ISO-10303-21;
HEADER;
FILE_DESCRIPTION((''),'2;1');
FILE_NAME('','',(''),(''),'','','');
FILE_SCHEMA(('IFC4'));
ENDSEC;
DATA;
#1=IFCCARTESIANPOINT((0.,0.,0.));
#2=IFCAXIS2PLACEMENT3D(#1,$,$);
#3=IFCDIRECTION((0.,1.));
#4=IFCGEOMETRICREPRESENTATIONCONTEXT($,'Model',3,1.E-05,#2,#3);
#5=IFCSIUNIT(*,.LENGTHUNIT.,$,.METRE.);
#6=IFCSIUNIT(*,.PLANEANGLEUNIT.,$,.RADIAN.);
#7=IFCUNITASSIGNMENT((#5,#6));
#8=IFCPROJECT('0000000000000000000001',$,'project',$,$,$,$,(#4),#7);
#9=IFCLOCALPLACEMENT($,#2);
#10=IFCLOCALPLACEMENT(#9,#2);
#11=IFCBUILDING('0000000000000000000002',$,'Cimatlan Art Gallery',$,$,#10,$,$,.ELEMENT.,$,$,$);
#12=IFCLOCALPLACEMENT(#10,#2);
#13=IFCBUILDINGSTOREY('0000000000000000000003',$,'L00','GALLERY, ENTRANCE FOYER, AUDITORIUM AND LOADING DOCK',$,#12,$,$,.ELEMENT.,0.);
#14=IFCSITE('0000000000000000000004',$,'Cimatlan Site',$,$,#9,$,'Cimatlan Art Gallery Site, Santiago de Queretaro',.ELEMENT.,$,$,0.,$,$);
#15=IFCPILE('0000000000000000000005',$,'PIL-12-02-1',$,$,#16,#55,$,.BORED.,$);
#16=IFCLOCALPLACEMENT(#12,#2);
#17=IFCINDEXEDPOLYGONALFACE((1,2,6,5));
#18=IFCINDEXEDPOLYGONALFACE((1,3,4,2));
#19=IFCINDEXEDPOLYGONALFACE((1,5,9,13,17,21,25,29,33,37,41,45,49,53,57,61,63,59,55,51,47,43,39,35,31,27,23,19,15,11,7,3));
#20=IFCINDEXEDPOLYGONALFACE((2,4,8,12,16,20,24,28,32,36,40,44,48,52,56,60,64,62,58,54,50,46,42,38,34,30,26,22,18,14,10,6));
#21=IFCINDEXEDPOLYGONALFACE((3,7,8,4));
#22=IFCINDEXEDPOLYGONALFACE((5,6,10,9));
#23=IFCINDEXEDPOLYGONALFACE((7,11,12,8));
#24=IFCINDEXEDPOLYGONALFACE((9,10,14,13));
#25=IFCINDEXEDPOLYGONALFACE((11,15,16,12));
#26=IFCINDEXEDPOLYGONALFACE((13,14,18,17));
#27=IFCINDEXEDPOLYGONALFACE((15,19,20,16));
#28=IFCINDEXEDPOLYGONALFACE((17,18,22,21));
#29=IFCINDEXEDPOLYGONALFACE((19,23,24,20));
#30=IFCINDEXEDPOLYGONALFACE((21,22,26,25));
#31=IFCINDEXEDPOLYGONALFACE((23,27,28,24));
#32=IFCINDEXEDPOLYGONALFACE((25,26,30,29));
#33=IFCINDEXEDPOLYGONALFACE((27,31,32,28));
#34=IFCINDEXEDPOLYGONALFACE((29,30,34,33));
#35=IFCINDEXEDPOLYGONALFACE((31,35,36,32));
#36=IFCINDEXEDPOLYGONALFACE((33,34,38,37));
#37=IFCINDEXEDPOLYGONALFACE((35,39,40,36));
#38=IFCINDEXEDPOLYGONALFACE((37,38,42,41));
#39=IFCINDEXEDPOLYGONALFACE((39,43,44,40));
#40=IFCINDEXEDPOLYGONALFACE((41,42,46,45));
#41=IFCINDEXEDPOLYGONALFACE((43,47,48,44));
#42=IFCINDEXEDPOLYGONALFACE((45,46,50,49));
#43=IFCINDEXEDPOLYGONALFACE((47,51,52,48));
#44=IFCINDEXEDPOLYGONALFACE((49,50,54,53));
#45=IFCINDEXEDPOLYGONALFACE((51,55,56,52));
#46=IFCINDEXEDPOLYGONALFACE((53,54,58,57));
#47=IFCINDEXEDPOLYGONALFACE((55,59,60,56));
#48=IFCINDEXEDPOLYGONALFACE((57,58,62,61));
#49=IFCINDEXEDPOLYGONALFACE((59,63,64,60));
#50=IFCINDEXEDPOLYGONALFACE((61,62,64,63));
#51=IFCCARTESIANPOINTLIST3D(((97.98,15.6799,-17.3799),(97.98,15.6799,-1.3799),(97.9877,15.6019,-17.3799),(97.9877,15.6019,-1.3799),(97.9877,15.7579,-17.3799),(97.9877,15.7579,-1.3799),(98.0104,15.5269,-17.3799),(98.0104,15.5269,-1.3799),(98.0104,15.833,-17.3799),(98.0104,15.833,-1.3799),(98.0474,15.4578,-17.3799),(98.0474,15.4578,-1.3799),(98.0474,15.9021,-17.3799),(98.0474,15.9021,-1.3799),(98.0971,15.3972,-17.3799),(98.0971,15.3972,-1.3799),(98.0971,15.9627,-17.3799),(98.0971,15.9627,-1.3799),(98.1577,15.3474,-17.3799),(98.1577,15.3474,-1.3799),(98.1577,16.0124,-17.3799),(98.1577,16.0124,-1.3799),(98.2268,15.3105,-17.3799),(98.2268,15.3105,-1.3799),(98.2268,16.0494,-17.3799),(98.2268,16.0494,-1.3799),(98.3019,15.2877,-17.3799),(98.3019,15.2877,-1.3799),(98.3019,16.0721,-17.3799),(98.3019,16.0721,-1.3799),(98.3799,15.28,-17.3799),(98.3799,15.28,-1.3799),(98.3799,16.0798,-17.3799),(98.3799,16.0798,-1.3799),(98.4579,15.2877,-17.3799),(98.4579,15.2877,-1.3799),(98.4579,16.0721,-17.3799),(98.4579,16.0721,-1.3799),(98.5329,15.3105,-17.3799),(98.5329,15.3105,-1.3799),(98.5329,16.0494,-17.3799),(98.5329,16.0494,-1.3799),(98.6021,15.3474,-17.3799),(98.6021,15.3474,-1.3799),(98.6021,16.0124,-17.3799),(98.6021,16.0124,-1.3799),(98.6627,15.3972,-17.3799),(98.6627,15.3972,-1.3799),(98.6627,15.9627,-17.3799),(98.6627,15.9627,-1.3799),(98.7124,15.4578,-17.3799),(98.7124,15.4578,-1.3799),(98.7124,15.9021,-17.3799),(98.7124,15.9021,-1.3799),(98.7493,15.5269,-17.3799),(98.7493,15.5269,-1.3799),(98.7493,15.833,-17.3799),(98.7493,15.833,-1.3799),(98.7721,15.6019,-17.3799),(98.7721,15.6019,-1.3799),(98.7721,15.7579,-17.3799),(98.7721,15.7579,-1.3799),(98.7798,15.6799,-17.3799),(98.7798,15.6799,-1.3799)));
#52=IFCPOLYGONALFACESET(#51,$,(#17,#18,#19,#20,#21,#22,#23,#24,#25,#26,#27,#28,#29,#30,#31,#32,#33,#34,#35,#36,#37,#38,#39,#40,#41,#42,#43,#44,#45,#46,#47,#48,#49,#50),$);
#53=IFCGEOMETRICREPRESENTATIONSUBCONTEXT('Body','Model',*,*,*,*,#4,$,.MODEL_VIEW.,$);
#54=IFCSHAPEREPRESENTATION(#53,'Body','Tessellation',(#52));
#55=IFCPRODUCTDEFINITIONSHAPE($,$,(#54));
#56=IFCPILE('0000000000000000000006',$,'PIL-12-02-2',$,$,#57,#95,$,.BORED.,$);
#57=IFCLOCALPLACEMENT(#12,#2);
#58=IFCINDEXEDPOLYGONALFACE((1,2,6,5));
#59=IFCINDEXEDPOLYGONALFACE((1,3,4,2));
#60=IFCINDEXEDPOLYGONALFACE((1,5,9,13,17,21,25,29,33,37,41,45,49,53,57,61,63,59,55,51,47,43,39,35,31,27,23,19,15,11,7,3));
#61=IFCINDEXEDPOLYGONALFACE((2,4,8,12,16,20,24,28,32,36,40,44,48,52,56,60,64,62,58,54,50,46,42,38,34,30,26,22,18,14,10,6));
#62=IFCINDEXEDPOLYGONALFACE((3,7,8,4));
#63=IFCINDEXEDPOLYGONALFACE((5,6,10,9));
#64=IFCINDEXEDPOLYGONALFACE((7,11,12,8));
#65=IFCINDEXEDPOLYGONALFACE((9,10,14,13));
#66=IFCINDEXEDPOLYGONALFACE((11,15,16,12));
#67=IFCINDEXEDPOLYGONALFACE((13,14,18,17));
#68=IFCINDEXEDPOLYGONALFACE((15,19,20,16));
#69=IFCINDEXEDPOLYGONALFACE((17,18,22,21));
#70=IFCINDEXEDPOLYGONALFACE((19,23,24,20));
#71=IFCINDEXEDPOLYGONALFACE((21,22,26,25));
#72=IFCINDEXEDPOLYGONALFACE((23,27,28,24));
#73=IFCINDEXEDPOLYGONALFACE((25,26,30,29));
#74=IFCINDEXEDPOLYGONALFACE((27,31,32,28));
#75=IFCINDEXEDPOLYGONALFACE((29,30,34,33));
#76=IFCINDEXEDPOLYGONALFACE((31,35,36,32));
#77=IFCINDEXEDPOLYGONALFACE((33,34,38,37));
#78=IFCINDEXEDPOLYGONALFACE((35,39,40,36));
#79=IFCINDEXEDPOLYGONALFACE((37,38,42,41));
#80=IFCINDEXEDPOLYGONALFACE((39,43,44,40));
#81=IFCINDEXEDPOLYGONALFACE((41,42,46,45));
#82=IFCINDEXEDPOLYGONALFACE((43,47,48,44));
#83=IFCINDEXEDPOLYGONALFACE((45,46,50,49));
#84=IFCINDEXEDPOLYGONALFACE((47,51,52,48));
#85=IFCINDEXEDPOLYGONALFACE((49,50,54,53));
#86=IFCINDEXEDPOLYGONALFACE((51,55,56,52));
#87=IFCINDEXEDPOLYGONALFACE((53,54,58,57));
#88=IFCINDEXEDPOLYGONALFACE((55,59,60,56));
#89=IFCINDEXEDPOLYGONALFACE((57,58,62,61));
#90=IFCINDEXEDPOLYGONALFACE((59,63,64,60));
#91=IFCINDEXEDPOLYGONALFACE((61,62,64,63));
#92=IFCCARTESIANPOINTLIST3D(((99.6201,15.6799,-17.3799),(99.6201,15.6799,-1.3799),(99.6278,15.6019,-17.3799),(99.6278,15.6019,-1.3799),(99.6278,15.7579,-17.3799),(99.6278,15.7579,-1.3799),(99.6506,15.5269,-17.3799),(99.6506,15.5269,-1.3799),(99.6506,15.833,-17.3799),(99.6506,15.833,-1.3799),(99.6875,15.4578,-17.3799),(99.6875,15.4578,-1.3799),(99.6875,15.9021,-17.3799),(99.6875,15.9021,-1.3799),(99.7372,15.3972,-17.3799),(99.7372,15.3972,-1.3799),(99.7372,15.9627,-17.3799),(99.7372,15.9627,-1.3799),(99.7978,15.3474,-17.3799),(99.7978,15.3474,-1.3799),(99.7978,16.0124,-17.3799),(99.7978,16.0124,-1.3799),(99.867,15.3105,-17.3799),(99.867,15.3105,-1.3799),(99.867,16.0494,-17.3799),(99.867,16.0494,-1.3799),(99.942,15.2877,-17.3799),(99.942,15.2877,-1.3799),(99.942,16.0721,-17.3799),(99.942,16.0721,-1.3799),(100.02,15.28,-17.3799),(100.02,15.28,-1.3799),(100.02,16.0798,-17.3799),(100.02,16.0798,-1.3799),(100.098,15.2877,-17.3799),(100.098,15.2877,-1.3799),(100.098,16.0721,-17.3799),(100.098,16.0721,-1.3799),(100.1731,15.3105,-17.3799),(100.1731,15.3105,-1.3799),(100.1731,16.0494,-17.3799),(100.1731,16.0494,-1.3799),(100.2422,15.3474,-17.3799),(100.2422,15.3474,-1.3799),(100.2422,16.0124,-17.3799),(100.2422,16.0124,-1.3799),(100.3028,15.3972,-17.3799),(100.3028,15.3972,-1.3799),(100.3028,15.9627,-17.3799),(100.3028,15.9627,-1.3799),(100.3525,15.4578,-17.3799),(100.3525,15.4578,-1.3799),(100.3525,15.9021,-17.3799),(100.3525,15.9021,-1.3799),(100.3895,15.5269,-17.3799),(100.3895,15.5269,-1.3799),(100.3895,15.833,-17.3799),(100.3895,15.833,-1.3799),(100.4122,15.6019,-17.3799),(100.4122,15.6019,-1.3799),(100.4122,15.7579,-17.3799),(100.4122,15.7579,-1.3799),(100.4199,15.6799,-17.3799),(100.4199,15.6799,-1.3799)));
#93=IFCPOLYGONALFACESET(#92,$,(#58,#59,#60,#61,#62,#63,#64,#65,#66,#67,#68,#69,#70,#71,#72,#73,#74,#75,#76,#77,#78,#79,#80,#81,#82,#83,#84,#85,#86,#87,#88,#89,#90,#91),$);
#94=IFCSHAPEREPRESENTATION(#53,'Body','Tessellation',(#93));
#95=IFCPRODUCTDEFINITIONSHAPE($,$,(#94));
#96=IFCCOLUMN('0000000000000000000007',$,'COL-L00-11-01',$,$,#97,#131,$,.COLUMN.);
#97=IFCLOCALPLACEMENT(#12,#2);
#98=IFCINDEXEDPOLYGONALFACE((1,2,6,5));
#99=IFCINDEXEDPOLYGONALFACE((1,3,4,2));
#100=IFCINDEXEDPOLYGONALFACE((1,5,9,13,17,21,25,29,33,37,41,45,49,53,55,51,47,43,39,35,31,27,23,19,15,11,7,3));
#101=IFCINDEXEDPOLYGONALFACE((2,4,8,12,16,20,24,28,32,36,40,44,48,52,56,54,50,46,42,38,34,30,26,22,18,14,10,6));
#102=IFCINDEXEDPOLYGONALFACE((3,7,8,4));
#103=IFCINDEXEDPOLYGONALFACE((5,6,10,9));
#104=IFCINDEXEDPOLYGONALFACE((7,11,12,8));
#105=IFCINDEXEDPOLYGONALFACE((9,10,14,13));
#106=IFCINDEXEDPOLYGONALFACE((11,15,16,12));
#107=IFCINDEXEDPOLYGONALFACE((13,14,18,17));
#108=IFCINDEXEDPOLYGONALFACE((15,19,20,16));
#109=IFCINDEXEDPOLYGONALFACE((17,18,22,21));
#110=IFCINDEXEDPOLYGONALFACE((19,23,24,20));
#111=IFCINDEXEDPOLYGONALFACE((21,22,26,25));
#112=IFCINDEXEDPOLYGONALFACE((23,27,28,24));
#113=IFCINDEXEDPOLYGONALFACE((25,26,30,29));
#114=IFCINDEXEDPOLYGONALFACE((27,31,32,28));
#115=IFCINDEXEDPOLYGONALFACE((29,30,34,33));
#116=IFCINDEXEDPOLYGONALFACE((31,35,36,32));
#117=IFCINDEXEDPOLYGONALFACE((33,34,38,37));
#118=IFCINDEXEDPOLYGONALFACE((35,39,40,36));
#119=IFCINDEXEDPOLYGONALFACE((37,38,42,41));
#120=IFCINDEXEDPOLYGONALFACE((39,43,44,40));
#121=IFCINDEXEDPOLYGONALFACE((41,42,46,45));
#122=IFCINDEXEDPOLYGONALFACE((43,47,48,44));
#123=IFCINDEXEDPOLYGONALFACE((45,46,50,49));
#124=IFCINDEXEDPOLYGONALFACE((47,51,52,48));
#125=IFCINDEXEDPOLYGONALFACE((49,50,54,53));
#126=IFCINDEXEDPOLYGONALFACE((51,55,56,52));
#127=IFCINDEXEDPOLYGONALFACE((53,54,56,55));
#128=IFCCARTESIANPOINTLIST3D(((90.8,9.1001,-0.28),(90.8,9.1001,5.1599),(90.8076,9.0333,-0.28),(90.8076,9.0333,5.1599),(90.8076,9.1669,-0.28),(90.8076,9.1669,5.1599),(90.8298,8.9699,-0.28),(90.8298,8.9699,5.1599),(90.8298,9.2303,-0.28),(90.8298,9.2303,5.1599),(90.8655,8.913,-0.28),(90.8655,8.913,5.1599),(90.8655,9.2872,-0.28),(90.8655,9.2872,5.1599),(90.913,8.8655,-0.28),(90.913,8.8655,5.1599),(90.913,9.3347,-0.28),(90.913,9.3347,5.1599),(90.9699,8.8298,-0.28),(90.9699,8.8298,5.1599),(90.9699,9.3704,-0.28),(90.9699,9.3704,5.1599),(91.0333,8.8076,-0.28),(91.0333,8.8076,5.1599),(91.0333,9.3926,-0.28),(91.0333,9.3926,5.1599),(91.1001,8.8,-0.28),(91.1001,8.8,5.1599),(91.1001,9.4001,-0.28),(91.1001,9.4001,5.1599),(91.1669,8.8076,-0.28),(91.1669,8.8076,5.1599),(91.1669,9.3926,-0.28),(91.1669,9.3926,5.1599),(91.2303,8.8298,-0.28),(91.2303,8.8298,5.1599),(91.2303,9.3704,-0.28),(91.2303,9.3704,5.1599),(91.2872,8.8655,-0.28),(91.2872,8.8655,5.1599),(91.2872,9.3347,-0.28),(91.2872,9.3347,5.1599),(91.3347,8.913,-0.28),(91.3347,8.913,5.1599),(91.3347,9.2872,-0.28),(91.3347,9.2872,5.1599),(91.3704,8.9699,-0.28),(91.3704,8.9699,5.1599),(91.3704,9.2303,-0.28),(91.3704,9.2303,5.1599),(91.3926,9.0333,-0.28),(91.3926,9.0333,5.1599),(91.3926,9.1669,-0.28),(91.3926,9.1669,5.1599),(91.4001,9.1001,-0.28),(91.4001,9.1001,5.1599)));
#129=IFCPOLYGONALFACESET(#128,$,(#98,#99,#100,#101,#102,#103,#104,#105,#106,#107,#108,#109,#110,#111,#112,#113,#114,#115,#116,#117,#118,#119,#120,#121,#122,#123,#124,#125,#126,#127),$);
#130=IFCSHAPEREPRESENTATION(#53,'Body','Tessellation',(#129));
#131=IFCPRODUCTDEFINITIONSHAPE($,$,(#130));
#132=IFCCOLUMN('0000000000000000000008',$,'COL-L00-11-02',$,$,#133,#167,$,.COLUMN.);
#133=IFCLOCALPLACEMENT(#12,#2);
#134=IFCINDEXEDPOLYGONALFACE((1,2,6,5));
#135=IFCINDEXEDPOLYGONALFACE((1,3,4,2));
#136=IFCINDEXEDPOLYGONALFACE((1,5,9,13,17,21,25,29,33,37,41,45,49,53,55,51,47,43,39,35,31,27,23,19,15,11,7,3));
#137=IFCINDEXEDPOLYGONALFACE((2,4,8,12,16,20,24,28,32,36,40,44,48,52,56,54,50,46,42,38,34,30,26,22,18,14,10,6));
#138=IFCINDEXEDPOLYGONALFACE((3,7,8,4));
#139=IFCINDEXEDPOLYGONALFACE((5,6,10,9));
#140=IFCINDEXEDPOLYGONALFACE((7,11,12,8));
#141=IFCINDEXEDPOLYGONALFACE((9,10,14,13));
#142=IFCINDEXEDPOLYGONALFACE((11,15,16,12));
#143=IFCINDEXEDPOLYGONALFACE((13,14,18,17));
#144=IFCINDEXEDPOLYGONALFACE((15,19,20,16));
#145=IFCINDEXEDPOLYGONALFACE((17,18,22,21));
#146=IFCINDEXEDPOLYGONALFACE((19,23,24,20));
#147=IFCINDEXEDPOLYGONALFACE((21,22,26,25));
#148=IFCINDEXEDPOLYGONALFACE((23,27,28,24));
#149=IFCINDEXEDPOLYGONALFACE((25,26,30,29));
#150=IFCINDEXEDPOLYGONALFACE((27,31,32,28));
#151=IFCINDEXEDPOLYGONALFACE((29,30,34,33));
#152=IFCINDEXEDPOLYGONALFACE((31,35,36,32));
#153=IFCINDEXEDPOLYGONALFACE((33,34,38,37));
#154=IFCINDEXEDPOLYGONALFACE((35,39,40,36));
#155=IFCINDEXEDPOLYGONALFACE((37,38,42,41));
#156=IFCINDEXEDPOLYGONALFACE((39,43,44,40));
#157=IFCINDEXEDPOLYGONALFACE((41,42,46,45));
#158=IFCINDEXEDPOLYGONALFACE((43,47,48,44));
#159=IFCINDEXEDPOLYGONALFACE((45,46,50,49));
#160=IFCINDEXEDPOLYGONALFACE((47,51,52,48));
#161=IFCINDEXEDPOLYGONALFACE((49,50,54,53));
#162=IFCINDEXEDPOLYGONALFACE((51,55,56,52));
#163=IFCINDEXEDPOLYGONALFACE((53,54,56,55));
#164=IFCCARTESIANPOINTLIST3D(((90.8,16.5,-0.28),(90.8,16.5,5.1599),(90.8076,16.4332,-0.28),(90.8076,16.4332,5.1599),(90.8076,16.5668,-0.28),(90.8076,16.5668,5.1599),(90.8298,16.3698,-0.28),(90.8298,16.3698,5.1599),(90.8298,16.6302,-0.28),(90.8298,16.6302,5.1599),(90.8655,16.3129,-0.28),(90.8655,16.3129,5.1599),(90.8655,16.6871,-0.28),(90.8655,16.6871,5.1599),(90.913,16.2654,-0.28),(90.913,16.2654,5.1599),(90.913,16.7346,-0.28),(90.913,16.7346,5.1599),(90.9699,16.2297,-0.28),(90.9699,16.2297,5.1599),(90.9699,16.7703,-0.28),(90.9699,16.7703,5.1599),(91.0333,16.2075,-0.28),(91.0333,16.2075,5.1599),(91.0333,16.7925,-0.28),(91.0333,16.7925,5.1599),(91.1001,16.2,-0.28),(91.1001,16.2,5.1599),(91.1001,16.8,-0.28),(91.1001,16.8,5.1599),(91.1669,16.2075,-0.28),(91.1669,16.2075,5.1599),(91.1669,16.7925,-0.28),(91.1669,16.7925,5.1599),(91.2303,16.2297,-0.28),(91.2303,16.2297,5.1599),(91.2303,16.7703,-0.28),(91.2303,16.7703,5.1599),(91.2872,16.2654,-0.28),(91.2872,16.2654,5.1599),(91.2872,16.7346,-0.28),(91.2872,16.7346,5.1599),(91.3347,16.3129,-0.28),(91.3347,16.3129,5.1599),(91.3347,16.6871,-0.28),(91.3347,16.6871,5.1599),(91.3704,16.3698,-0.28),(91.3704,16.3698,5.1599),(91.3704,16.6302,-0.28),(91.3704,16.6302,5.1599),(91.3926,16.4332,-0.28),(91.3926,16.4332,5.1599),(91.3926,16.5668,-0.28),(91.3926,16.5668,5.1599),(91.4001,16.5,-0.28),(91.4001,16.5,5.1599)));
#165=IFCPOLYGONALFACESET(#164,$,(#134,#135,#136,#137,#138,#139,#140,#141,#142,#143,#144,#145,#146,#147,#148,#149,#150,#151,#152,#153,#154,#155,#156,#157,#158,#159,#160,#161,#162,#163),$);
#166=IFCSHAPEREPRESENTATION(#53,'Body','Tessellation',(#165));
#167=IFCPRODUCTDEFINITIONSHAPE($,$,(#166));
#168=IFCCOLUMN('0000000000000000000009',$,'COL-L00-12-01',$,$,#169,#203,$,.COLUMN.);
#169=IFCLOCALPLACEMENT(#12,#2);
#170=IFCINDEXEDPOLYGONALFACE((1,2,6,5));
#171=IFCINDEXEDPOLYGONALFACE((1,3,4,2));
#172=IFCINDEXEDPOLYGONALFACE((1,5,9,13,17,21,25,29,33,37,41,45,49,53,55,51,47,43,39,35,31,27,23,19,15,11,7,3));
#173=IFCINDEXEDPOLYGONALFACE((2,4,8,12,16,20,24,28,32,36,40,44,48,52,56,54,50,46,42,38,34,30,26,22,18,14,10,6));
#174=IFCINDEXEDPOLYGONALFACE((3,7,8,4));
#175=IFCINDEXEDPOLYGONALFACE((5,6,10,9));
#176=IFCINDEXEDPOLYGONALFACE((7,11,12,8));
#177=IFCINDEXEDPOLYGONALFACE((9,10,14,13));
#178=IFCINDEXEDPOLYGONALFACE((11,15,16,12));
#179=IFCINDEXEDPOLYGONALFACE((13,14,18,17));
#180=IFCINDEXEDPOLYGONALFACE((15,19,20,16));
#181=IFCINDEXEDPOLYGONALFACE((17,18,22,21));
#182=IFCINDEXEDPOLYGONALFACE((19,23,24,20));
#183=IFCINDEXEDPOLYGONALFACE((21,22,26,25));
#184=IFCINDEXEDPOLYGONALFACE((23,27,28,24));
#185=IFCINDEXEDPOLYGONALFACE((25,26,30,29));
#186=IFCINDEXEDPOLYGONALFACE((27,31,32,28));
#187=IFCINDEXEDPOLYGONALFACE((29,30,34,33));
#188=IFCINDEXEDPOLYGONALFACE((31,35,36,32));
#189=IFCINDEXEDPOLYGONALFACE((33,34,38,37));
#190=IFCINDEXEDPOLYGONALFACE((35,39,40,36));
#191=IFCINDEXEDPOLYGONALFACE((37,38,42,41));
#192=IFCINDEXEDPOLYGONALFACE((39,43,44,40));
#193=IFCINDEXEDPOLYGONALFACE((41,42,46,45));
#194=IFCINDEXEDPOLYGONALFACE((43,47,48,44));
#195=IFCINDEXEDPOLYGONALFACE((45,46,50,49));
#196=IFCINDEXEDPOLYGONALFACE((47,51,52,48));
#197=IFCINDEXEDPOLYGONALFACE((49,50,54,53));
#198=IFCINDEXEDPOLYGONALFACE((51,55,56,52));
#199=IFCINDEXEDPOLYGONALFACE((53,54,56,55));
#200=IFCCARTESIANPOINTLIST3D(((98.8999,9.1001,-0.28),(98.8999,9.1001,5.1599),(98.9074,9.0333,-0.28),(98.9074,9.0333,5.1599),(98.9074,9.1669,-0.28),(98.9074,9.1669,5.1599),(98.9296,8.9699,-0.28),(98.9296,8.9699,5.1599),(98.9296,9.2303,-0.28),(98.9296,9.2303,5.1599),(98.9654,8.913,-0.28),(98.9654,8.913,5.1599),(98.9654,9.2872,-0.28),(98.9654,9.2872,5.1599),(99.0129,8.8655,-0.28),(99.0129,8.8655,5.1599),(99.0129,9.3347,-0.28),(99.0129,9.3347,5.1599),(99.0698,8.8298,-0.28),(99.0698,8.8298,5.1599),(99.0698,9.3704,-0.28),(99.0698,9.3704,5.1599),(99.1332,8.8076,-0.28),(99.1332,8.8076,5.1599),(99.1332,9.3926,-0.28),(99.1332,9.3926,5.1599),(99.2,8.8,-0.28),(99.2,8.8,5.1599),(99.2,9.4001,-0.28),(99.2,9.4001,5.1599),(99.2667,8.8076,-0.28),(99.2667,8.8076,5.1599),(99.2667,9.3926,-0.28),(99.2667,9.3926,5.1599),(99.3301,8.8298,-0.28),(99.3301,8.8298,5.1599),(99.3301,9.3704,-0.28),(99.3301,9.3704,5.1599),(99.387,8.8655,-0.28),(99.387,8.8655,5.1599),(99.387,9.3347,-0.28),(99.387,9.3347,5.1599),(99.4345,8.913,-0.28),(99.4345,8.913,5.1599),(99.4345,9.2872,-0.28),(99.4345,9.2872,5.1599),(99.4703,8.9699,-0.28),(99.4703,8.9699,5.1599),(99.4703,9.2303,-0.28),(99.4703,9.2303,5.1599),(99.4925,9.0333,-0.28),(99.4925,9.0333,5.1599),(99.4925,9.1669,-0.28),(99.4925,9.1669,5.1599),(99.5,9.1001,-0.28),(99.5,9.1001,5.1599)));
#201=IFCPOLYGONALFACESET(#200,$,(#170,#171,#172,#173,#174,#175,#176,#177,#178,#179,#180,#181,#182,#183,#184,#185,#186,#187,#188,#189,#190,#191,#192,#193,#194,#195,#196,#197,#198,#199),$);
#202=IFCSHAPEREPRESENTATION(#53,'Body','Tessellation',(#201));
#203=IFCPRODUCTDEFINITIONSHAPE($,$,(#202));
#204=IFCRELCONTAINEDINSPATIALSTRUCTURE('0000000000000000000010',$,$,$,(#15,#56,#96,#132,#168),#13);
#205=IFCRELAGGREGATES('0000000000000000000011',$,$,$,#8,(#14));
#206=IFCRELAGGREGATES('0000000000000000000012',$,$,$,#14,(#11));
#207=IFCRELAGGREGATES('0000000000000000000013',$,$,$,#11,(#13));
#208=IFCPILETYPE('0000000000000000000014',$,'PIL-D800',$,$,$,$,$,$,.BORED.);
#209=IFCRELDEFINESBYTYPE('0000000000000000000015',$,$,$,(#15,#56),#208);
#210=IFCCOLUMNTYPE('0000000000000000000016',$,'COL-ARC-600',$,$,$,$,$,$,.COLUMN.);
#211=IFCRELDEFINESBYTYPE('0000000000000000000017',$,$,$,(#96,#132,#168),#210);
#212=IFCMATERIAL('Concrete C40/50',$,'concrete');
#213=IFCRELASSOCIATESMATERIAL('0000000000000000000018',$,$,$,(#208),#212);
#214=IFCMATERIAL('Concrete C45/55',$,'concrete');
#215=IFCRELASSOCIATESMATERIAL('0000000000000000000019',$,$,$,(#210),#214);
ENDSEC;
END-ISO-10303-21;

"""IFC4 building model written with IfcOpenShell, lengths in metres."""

from ifc_helpers import new_model, si_unit, direction, frame, origin, origin_2d, place, context, subcontext, project, spatial, circle, extrude, material, material_profile, profile_set, type_object, element, save


model = new_model("IFC4")

# Units and contexts
model_context = context("Model", 3, precision=1e-05, world=origin(), true_north=direction((0.0, 1.0)))
body_context = subcontext(model_context, "Body", "Model", "MODEL_VIEW")
ifc_project = project(units=[si_unit("LENGTHUNIT", "METRE"), si_unit("PLANEANGLEUNIT", "RADIAN")], contexts=[model_context])

# Site, building, storey
site_placement = place(None, origin())
site = spatial("IfcSite", under=ifc_project, at=site_placement, Name="Cimatlan Site", LongName="Cimatlan Art Gallery Site, Santiago de Queretaro", CompositionType="ELEMENT", RefElevation=0.0)
building_placement = place(site_placement, origin())
building = spatial("IfcBuilding", under=site, at=building_placement, Name="Cimatlan Art Gallery", CompositionType="ELEMENT")
storey_placement = place(building_placement, origin())
storey = spatial("IfcBuildingStorey", under=building, at=storey_placement, Name="L00", Description="GALLERY, ENTRANCE FOYER, AUDITORIUM AND LOADING DOCK", CompositionType="ELEMENT", Elevation=0.0)

# Shared definitions
ifc_material_1 = material(Name="Concrete C40/50", Category="concrete")

# Piles
pile_type = type_object("IfcPileType", Name="PIL-D800", PredefinedType="BORED", material=ifc_material_1)
for number, where, z_axis, x_axis, name in (
    (1, (98.3799, 15.6799, -1.3799), (0.0, 0.0, -1.0), (1.0, 0.0, 0.0), "PIL-12-02-1"),
    (2, (100.02, 15.6799, -1.3799), (0.0, 0.0, -1.0), (1.0, 0.0, 0.0), "PIL-12-02-2"),
):
    element("IfcPile", number, at=place(storey_placement, frame(where, z_axis=z_axis, x_axis=x_axis)), inside=storey, type_object=pile_type, Name=name, PredefinedType="BORED", context=body_context, shape_type="SweptSolid", body=[
        extrude(circle(Radius=0.3999, at=origin_2d()), origin(), (0.0, 0.0, 1.0), 16.0),
    ])

# Columns
ifc_material_2 = material(Name="Concrete C45/55", Category="concrete")
ifc_material_profile_1 = material_profile(ifc_material_2, circle(Radius=0.3, at=origin_2d()), Name="RCD600")
ifc_profile_set_1 = profile_set([ifc_material_profile_1], Name="Concrete C45/55")
column_type = type_object("IfcColumnType", Name="COL-ARC-600", PredefinedType="COLUMN", material=ifc_profile_set_1)
for number, where, z_axis, x_axis, name in (
    (3, (91.1001, 9.1001, -0.28), (0.0, 0.0, 1.0), (1.0, 0.0, 0.0), "COL-L00-11-01"),
    (4, (91.1001, 16.5, -0.28), (0.0, 0.0, 1.0), (1.0, 0.0, 0.0), "COL-L00-11-02"),
    (5, (99.2, 9.1001, -0.28), (0.0, 0.0, 1.0), (1.0, 0.0, 0.0), "COL-L00-12-01"),
):
    element("IfcColumn", number, at=place(storey_placement, frame(where, z_axis=z_axis, x_axis=x_axis)), inside=storey, type_object=column_type, Name=name, PredefinedType="COLUMN", context=body_context, shape_type="SweptSolid", body=[
        extrude(circle(Radius=0.3, at=origin_2d()), origin(), (0.0, 0.0, 1.0), 5.4399),
    ])

save(model, "model.ifc")
